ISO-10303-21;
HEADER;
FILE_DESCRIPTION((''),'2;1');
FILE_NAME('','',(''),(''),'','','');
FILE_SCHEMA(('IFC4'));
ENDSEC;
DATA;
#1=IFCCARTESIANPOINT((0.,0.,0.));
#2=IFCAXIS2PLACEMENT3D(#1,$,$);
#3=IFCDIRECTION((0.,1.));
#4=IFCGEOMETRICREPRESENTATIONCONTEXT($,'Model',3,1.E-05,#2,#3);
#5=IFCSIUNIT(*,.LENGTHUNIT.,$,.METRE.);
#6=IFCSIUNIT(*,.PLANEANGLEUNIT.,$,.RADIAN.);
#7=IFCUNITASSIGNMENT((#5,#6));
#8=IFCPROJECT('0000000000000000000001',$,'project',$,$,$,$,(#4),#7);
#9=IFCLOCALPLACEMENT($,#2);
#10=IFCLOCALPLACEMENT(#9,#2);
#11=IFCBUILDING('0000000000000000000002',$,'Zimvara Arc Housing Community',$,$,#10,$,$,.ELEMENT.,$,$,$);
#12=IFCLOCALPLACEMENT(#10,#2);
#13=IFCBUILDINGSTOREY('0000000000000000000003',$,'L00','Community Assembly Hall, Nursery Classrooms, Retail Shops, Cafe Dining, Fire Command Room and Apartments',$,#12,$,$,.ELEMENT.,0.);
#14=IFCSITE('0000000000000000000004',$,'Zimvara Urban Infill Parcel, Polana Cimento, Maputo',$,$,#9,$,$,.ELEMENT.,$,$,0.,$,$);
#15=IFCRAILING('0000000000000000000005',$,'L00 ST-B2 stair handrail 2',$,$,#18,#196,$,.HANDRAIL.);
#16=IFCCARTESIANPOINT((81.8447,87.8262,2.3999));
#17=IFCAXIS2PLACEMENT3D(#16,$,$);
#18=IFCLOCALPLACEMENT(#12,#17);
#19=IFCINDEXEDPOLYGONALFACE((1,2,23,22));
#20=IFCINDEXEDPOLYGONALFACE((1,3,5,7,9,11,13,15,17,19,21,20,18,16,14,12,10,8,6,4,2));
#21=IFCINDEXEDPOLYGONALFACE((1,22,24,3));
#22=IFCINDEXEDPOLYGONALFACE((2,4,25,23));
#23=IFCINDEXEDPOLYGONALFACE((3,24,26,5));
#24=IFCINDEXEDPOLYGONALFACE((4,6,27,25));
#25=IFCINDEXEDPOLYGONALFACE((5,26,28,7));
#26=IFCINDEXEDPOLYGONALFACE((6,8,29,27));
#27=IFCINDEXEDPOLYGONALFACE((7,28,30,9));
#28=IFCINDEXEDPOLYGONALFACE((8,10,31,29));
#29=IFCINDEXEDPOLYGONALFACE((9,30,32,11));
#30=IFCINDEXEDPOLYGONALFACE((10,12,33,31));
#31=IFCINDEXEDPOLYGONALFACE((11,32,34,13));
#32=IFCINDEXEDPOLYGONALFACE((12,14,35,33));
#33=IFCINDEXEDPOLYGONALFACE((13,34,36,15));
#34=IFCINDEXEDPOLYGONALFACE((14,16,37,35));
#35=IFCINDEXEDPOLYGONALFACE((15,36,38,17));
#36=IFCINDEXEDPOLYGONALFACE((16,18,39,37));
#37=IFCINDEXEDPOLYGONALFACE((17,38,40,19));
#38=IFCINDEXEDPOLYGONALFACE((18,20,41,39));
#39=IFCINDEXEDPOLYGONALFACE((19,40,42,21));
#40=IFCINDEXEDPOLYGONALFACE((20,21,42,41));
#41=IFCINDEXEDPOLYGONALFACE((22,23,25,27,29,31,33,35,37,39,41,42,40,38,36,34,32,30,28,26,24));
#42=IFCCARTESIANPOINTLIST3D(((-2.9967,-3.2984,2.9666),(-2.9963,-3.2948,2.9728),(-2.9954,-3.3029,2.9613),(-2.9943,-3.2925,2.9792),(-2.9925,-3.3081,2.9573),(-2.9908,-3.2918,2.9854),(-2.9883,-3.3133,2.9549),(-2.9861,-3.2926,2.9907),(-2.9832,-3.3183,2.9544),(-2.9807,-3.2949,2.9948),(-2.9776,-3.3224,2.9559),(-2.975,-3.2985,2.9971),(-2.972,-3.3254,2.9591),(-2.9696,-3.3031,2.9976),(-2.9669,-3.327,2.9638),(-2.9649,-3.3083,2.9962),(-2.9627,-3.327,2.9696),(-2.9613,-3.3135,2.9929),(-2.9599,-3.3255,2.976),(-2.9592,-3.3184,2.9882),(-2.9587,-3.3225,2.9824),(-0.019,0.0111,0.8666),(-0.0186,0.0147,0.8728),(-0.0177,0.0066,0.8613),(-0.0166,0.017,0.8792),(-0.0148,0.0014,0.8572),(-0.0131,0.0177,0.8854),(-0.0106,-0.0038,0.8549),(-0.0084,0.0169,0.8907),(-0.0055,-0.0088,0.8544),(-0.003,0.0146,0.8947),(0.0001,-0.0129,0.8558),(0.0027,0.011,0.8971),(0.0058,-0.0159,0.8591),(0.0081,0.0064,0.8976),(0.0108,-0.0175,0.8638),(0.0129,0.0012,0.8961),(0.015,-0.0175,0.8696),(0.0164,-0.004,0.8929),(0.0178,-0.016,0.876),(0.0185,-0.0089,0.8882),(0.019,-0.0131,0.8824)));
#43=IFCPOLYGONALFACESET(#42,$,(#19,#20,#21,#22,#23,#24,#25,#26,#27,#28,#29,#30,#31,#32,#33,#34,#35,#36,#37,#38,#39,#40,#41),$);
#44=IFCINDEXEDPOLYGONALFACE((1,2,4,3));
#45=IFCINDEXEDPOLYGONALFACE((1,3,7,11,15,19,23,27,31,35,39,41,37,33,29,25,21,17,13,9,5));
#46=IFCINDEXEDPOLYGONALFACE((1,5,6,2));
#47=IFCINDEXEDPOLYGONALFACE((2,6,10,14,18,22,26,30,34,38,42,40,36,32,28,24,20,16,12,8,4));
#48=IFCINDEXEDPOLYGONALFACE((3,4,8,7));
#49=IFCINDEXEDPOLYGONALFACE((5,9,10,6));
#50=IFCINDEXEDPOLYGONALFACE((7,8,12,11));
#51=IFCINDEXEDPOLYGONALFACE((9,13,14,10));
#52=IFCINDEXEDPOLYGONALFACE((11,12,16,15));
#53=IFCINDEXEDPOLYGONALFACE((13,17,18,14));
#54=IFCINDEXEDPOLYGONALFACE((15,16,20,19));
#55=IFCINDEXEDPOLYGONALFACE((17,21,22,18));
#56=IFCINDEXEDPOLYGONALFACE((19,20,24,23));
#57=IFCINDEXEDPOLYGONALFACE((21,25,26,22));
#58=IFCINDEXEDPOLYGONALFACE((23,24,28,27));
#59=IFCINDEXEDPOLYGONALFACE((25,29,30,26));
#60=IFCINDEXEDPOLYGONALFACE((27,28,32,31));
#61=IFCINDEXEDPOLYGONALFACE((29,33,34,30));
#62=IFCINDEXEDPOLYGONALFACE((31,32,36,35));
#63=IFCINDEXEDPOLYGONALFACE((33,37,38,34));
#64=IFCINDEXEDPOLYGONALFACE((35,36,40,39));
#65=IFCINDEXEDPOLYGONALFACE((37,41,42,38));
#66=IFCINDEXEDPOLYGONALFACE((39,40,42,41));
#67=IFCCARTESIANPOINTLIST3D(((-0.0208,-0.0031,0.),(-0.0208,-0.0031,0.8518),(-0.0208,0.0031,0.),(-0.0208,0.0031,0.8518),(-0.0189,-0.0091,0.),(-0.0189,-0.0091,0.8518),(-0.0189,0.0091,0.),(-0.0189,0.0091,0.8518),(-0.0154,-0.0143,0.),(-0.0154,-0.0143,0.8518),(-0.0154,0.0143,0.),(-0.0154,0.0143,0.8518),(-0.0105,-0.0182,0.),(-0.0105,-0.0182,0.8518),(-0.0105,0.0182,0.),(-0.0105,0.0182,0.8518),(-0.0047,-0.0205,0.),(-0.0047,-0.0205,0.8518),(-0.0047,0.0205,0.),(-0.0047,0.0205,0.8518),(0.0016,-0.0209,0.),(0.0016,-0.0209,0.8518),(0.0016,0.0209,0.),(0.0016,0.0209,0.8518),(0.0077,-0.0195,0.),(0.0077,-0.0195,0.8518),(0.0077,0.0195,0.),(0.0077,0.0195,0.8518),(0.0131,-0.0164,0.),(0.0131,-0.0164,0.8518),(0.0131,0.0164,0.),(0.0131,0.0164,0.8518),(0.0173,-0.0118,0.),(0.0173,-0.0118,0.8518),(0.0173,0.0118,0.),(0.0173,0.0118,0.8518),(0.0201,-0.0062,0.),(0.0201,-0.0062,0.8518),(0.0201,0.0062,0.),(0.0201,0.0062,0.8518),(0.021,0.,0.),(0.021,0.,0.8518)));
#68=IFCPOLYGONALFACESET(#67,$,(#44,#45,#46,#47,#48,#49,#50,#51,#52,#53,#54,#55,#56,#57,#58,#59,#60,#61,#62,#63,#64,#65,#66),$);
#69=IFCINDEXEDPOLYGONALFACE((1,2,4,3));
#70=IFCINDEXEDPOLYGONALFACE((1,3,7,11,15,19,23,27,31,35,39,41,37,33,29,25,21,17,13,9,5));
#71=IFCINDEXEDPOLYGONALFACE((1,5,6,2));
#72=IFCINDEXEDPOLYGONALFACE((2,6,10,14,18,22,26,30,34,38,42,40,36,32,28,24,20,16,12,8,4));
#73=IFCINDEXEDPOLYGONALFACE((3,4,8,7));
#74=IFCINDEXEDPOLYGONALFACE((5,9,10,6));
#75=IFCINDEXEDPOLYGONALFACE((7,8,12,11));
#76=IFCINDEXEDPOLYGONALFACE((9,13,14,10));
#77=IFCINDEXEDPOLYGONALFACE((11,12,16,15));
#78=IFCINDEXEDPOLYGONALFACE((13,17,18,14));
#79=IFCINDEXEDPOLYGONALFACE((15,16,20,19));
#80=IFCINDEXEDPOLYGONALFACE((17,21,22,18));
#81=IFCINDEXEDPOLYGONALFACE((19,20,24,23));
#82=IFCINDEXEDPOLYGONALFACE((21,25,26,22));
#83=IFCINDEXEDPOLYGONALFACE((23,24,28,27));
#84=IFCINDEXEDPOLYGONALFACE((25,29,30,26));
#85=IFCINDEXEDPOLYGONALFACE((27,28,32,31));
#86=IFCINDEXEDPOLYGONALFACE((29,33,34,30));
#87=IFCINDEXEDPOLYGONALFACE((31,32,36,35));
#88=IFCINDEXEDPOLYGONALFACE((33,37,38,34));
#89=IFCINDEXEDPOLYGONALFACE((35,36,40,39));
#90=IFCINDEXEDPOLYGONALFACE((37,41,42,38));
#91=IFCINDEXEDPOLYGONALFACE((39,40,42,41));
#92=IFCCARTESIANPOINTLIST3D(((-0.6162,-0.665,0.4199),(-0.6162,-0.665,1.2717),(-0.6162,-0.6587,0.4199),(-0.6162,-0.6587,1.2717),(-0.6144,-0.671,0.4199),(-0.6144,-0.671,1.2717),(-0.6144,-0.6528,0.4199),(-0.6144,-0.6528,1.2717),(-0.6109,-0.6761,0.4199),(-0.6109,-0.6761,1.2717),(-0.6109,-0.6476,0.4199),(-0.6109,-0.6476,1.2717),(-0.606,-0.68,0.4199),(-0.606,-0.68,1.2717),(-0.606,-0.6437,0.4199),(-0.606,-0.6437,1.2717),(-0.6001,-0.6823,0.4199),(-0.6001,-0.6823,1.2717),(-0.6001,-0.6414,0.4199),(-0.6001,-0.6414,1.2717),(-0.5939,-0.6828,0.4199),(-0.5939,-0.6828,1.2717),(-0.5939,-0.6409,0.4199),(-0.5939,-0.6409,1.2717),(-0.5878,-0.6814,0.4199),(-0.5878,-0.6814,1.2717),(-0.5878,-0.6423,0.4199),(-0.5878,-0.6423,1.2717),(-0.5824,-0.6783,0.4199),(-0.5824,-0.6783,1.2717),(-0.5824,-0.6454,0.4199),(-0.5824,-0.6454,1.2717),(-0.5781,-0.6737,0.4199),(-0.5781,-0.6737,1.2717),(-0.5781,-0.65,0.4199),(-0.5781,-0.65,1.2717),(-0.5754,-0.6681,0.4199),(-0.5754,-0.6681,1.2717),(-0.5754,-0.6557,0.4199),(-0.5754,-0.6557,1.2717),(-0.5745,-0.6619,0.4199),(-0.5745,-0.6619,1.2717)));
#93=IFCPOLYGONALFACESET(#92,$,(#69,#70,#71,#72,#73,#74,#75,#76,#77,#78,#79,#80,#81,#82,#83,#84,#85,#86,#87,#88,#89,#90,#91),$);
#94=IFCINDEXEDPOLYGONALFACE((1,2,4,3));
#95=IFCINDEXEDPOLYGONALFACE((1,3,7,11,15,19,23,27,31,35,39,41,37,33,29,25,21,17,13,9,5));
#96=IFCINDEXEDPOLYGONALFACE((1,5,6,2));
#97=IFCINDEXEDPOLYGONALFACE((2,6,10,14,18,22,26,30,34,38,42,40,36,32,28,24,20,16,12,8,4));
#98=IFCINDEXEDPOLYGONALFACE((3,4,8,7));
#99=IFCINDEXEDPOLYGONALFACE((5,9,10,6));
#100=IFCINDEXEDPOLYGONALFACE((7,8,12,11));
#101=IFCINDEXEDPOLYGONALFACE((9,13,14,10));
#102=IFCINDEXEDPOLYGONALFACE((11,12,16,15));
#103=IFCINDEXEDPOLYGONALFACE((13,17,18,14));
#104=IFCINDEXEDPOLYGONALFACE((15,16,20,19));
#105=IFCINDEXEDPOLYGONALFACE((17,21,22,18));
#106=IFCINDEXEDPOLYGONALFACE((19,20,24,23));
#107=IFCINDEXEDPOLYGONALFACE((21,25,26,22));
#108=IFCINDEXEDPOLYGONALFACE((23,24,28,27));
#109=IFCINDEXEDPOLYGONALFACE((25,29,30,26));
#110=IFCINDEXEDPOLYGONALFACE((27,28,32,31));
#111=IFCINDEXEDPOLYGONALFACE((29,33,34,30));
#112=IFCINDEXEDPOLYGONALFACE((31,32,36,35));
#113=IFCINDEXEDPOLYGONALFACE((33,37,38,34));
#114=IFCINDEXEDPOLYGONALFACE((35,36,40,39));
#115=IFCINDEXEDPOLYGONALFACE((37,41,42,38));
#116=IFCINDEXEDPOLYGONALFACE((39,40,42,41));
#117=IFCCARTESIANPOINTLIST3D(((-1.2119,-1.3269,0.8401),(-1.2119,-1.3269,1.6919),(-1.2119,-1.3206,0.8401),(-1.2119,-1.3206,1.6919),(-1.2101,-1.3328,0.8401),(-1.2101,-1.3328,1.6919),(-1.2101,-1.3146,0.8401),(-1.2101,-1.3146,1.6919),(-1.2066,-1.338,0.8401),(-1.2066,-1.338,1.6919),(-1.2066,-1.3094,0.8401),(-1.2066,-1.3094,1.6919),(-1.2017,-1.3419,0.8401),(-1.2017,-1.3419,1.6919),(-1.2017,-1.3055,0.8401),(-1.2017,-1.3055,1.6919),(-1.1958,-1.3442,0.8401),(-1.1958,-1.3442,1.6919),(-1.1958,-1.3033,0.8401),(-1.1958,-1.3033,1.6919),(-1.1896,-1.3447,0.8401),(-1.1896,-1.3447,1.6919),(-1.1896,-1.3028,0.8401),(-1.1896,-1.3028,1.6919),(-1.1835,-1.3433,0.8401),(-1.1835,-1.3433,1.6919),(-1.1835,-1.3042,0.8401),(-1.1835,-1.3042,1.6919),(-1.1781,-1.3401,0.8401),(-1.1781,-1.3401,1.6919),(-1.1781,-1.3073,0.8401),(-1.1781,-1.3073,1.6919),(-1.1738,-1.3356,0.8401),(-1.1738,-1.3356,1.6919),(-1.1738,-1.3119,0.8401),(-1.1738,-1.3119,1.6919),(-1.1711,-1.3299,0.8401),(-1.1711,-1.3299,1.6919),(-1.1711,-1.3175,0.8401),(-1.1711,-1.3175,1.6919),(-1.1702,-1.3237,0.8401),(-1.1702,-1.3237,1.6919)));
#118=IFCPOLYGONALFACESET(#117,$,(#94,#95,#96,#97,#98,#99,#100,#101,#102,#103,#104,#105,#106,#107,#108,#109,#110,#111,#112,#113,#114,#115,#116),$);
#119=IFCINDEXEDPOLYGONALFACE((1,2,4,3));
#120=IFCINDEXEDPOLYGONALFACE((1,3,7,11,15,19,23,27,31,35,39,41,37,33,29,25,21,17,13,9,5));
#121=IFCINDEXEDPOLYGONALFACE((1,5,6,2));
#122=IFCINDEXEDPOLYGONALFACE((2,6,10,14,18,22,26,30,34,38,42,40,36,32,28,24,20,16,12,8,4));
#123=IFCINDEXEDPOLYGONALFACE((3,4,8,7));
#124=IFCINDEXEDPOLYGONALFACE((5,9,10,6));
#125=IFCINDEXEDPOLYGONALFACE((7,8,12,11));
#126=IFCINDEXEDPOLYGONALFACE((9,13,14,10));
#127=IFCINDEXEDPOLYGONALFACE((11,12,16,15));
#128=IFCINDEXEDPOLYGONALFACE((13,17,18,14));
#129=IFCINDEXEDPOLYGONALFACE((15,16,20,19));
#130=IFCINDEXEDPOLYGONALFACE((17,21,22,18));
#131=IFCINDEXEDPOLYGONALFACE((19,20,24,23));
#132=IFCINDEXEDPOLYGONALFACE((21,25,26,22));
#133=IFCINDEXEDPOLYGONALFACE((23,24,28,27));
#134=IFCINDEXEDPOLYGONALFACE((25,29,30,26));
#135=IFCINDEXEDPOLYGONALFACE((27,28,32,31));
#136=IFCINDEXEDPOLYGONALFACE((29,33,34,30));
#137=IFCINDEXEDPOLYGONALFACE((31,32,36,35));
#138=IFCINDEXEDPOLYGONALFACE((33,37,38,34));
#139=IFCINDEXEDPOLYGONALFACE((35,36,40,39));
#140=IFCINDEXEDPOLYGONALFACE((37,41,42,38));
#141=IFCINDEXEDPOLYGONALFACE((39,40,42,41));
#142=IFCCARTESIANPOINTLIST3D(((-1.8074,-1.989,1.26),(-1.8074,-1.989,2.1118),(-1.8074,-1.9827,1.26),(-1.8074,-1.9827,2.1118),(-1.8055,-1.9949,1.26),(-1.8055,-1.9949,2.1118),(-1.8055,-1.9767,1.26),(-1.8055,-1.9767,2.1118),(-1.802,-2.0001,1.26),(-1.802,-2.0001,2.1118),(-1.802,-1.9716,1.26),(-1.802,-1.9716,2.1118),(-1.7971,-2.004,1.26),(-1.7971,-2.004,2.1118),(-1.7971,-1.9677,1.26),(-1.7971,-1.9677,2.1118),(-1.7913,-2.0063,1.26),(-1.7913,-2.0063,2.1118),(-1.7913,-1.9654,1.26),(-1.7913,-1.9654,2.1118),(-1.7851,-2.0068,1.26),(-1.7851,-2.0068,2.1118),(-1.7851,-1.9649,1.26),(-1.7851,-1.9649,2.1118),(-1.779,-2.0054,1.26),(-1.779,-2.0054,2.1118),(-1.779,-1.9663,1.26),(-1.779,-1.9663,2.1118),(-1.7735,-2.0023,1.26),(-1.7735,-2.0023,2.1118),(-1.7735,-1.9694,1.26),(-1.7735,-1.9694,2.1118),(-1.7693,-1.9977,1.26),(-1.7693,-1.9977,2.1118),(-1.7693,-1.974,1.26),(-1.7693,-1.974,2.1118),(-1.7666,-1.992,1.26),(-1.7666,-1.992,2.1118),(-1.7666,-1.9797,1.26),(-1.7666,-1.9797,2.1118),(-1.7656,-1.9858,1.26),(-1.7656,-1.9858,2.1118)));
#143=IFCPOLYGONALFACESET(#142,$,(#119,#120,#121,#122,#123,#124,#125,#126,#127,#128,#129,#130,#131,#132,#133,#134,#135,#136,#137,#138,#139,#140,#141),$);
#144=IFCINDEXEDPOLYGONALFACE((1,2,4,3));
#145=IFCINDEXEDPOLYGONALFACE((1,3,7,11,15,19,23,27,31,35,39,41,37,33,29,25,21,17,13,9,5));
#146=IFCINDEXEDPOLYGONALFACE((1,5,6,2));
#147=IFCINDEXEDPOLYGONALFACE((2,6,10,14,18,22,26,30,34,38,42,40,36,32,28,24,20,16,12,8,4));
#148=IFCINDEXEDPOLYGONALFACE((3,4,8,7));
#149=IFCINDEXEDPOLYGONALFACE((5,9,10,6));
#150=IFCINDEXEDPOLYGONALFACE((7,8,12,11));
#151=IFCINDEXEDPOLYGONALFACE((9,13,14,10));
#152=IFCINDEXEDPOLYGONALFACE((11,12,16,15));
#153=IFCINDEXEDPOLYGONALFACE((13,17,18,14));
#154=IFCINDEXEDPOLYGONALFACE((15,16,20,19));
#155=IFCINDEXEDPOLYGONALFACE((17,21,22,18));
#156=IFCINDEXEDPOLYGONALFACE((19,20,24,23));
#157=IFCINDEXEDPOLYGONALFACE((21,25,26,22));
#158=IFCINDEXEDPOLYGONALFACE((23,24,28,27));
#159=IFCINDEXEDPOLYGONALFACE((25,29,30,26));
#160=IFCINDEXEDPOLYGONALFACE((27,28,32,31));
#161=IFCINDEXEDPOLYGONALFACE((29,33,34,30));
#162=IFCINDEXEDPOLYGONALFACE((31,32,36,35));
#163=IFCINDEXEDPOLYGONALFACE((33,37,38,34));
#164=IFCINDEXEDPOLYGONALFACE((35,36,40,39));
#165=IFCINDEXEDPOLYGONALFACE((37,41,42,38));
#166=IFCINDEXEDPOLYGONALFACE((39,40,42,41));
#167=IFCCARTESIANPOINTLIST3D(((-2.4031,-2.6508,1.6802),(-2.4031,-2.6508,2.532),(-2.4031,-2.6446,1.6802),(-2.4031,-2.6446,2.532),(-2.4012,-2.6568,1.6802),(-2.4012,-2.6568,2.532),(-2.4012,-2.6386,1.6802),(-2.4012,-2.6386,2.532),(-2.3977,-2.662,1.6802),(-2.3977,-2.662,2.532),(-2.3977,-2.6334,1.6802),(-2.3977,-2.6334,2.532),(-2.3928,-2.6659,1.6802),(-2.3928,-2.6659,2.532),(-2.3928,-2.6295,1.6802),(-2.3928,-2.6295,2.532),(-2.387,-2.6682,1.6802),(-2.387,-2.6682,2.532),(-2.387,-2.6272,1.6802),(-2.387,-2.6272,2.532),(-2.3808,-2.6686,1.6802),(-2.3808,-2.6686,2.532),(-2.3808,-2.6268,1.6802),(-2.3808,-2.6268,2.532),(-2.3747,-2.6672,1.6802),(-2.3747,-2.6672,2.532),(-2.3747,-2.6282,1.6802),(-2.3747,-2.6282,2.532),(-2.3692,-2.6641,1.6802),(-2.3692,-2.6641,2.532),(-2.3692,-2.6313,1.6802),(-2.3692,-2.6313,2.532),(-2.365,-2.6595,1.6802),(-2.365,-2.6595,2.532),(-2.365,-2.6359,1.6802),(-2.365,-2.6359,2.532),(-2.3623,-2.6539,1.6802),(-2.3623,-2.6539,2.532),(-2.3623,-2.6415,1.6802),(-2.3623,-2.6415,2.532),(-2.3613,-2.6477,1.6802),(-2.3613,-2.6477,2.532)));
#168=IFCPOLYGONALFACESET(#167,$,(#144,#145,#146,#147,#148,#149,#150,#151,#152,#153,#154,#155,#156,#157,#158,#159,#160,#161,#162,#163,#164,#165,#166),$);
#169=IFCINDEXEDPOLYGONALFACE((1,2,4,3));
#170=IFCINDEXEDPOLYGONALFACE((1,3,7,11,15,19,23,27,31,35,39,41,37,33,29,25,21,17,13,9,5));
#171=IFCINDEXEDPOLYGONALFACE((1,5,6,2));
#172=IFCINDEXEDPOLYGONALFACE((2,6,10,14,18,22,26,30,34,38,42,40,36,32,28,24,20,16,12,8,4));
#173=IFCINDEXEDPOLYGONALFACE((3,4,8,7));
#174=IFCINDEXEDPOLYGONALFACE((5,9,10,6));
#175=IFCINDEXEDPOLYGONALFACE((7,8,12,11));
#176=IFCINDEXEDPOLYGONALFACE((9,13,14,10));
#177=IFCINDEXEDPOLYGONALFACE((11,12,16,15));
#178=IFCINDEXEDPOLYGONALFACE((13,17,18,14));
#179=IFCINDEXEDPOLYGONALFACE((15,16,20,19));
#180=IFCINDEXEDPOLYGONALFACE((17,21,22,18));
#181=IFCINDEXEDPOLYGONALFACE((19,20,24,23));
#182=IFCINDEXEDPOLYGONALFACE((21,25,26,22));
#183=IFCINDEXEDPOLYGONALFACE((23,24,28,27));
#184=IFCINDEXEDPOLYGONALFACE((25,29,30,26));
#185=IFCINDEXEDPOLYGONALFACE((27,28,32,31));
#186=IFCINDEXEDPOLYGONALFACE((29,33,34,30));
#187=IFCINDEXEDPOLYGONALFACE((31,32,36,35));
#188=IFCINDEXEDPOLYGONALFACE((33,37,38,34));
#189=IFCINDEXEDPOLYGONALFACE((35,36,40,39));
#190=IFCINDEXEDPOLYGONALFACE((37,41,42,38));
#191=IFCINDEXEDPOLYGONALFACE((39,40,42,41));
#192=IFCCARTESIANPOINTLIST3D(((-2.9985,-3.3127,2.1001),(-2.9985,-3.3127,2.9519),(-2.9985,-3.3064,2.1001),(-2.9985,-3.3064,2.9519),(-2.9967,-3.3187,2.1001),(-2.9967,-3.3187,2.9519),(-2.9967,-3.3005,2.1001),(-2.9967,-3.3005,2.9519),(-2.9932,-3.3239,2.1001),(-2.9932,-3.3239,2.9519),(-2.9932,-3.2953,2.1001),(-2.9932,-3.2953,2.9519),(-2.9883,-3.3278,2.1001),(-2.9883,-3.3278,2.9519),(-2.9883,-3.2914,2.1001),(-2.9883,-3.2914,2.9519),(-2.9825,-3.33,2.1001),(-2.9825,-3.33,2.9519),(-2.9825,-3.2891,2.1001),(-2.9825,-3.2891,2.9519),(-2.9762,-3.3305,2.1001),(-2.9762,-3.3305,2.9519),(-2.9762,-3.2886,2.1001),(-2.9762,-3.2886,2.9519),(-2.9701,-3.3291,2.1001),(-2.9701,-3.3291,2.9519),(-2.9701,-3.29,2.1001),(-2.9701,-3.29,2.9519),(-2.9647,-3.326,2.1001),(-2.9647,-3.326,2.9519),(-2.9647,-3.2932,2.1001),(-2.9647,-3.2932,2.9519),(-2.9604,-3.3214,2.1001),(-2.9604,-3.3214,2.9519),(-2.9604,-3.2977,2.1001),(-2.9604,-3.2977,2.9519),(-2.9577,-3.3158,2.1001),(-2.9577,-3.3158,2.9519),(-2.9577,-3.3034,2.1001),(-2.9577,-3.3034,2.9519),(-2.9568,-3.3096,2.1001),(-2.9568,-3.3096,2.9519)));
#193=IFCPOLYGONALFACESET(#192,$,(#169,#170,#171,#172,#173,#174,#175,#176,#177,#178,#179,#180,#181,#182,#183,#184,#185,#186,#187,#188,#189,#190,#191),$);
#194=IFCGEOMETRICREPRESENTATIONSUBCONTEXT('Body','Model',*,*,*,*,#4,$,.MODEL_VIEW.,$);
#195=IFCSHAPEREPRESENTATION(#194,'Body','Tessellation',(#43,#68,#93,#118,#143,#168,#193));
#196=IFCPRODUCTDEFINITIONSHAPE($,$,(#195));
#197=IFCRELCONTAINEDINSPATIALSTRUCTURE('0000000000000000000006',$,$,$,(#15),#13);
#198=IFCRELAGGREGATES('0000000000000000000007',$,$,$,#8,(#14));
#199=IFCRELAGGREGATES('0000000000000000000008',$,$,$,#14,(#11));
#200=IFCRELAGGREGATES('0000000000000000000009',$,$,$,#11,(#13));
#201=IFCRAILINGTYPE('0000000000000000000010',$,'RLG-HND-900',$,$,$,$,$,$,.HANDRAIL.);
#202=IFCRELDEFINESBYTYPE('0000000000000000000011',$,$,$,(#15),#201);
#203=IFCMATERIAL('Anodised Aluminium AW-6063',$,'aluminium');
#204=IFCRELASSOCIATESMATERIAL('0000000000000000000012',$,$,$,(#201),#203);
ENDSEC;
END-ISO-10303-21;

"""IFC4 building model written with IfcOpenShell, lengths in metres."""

from ifc_helpers import new_model, si_unit, direction, frame, origin, origin_2d, place, context, subcontext, project, spatial, circle, extrude, material, type_object, element, save


model = new_model("IFC4")

# Units and contexts
model_context = context("Model", 3, precision=1e-05, world=origin(), true_north=direction((0.0, 1.0)))
body_context = subcontext(model_context, "Body", "Model", "MODEL_VIEW")
ifc_project = project(units=[si_unit("LENGTHUNIT", "METRE"), si_unit("PLANEANGLEUNIT", "RADIAN")], contexts=[model_context])

# Site, building, storey
site_placement = place(None, origin())
site = spatial("IfcSite", under=ifc_project, at=site_placement, Name="Zimvara Urban Infill Parcel, Polana Cimento, Maputo", CompositionType="ELEMENT", RefElevation=0.0)
building_placement = place(site_placement, origin())
building = spatial("IfcBuilding", under=site, at=building_placement, Name="Zimvara Arc Housing Community", CompositionType="ELEMENT")
storey_placement = place(building_placement, origin())
storey = spatial("IfcBuildingStorey", under=building, at=storey_placement, Name="L00", Description="Community Assembly Hall, Nursery Classrooms, Retail Shops, Cafe Dining, Fire Command Room and Apartments", CompositionType="ELEMENT", Elevation=0.0)

# Railing
ifc_material_1 = material(Name="Anodised Aluminium AW-6063", Category="aluminium")
railing_type_1 = type_object("IfcRailingType", Name="RLG-HND-900", PredefinedType="HANDRAIL", material=ifc_material_1)
railing_1_placement = place(storey_placement, frame((81.8447, 87.8262, 2.3999)))
element("IfcRailing", 1, at=railing_1_placement, inside=storey, type_object=railing_type_1, Name="L00 ST-B2 stair handrail 2", PredefinedType="HANDRAIL", context=body_context, shape_type="SweptSolid", body=[
    extrude(circle(Radius=0.0239, at=origin_2d()), frame((0.0, 0.0, 0.876), z_axis=(-0.604935, -0.672337, 0.426634), x_axis=(0.743387, -0.668862, 0.0)), (0.0, 0.0, 1.0), 4.9224),
    extrude(circle(Radius=0.021, at=origin_2d()), origin(), (0.0, 0.0, 1.0), 0.8518),
    extrude(circle(Radius=0.021, at=origin_2d()), frame((-0.5955, -0.6619, 0.4199)), (0.0, 0.0, 1.0), 0.8518),
    extrude(circle(Radius=0.021, at=origin_2d()), frame((-1.1912, -1.3237, 0.8401)), (0.0, 0.0, 1.0), 0.8518),
    extrude(circle(Radius=0.021, at=origin_2d()), frame((-1.7866, -1.9858, 1.26)), (0.0, 0.0, 1.0), 0.8518),
    extrude(circle(Radius=0.021, at=origin_2d()), frame((-2.3823, -2.6477, 1.6802)), (0.0, 0.0, 1.0), 0.8518),
    extrude(circle(Radius=0.021, at=origin_2d()), frame((-2.9778, -3.3096, 2.1001)), (0.0, 0.0, 1.0), 0.8518),
])

save(model, "model.ifc")
